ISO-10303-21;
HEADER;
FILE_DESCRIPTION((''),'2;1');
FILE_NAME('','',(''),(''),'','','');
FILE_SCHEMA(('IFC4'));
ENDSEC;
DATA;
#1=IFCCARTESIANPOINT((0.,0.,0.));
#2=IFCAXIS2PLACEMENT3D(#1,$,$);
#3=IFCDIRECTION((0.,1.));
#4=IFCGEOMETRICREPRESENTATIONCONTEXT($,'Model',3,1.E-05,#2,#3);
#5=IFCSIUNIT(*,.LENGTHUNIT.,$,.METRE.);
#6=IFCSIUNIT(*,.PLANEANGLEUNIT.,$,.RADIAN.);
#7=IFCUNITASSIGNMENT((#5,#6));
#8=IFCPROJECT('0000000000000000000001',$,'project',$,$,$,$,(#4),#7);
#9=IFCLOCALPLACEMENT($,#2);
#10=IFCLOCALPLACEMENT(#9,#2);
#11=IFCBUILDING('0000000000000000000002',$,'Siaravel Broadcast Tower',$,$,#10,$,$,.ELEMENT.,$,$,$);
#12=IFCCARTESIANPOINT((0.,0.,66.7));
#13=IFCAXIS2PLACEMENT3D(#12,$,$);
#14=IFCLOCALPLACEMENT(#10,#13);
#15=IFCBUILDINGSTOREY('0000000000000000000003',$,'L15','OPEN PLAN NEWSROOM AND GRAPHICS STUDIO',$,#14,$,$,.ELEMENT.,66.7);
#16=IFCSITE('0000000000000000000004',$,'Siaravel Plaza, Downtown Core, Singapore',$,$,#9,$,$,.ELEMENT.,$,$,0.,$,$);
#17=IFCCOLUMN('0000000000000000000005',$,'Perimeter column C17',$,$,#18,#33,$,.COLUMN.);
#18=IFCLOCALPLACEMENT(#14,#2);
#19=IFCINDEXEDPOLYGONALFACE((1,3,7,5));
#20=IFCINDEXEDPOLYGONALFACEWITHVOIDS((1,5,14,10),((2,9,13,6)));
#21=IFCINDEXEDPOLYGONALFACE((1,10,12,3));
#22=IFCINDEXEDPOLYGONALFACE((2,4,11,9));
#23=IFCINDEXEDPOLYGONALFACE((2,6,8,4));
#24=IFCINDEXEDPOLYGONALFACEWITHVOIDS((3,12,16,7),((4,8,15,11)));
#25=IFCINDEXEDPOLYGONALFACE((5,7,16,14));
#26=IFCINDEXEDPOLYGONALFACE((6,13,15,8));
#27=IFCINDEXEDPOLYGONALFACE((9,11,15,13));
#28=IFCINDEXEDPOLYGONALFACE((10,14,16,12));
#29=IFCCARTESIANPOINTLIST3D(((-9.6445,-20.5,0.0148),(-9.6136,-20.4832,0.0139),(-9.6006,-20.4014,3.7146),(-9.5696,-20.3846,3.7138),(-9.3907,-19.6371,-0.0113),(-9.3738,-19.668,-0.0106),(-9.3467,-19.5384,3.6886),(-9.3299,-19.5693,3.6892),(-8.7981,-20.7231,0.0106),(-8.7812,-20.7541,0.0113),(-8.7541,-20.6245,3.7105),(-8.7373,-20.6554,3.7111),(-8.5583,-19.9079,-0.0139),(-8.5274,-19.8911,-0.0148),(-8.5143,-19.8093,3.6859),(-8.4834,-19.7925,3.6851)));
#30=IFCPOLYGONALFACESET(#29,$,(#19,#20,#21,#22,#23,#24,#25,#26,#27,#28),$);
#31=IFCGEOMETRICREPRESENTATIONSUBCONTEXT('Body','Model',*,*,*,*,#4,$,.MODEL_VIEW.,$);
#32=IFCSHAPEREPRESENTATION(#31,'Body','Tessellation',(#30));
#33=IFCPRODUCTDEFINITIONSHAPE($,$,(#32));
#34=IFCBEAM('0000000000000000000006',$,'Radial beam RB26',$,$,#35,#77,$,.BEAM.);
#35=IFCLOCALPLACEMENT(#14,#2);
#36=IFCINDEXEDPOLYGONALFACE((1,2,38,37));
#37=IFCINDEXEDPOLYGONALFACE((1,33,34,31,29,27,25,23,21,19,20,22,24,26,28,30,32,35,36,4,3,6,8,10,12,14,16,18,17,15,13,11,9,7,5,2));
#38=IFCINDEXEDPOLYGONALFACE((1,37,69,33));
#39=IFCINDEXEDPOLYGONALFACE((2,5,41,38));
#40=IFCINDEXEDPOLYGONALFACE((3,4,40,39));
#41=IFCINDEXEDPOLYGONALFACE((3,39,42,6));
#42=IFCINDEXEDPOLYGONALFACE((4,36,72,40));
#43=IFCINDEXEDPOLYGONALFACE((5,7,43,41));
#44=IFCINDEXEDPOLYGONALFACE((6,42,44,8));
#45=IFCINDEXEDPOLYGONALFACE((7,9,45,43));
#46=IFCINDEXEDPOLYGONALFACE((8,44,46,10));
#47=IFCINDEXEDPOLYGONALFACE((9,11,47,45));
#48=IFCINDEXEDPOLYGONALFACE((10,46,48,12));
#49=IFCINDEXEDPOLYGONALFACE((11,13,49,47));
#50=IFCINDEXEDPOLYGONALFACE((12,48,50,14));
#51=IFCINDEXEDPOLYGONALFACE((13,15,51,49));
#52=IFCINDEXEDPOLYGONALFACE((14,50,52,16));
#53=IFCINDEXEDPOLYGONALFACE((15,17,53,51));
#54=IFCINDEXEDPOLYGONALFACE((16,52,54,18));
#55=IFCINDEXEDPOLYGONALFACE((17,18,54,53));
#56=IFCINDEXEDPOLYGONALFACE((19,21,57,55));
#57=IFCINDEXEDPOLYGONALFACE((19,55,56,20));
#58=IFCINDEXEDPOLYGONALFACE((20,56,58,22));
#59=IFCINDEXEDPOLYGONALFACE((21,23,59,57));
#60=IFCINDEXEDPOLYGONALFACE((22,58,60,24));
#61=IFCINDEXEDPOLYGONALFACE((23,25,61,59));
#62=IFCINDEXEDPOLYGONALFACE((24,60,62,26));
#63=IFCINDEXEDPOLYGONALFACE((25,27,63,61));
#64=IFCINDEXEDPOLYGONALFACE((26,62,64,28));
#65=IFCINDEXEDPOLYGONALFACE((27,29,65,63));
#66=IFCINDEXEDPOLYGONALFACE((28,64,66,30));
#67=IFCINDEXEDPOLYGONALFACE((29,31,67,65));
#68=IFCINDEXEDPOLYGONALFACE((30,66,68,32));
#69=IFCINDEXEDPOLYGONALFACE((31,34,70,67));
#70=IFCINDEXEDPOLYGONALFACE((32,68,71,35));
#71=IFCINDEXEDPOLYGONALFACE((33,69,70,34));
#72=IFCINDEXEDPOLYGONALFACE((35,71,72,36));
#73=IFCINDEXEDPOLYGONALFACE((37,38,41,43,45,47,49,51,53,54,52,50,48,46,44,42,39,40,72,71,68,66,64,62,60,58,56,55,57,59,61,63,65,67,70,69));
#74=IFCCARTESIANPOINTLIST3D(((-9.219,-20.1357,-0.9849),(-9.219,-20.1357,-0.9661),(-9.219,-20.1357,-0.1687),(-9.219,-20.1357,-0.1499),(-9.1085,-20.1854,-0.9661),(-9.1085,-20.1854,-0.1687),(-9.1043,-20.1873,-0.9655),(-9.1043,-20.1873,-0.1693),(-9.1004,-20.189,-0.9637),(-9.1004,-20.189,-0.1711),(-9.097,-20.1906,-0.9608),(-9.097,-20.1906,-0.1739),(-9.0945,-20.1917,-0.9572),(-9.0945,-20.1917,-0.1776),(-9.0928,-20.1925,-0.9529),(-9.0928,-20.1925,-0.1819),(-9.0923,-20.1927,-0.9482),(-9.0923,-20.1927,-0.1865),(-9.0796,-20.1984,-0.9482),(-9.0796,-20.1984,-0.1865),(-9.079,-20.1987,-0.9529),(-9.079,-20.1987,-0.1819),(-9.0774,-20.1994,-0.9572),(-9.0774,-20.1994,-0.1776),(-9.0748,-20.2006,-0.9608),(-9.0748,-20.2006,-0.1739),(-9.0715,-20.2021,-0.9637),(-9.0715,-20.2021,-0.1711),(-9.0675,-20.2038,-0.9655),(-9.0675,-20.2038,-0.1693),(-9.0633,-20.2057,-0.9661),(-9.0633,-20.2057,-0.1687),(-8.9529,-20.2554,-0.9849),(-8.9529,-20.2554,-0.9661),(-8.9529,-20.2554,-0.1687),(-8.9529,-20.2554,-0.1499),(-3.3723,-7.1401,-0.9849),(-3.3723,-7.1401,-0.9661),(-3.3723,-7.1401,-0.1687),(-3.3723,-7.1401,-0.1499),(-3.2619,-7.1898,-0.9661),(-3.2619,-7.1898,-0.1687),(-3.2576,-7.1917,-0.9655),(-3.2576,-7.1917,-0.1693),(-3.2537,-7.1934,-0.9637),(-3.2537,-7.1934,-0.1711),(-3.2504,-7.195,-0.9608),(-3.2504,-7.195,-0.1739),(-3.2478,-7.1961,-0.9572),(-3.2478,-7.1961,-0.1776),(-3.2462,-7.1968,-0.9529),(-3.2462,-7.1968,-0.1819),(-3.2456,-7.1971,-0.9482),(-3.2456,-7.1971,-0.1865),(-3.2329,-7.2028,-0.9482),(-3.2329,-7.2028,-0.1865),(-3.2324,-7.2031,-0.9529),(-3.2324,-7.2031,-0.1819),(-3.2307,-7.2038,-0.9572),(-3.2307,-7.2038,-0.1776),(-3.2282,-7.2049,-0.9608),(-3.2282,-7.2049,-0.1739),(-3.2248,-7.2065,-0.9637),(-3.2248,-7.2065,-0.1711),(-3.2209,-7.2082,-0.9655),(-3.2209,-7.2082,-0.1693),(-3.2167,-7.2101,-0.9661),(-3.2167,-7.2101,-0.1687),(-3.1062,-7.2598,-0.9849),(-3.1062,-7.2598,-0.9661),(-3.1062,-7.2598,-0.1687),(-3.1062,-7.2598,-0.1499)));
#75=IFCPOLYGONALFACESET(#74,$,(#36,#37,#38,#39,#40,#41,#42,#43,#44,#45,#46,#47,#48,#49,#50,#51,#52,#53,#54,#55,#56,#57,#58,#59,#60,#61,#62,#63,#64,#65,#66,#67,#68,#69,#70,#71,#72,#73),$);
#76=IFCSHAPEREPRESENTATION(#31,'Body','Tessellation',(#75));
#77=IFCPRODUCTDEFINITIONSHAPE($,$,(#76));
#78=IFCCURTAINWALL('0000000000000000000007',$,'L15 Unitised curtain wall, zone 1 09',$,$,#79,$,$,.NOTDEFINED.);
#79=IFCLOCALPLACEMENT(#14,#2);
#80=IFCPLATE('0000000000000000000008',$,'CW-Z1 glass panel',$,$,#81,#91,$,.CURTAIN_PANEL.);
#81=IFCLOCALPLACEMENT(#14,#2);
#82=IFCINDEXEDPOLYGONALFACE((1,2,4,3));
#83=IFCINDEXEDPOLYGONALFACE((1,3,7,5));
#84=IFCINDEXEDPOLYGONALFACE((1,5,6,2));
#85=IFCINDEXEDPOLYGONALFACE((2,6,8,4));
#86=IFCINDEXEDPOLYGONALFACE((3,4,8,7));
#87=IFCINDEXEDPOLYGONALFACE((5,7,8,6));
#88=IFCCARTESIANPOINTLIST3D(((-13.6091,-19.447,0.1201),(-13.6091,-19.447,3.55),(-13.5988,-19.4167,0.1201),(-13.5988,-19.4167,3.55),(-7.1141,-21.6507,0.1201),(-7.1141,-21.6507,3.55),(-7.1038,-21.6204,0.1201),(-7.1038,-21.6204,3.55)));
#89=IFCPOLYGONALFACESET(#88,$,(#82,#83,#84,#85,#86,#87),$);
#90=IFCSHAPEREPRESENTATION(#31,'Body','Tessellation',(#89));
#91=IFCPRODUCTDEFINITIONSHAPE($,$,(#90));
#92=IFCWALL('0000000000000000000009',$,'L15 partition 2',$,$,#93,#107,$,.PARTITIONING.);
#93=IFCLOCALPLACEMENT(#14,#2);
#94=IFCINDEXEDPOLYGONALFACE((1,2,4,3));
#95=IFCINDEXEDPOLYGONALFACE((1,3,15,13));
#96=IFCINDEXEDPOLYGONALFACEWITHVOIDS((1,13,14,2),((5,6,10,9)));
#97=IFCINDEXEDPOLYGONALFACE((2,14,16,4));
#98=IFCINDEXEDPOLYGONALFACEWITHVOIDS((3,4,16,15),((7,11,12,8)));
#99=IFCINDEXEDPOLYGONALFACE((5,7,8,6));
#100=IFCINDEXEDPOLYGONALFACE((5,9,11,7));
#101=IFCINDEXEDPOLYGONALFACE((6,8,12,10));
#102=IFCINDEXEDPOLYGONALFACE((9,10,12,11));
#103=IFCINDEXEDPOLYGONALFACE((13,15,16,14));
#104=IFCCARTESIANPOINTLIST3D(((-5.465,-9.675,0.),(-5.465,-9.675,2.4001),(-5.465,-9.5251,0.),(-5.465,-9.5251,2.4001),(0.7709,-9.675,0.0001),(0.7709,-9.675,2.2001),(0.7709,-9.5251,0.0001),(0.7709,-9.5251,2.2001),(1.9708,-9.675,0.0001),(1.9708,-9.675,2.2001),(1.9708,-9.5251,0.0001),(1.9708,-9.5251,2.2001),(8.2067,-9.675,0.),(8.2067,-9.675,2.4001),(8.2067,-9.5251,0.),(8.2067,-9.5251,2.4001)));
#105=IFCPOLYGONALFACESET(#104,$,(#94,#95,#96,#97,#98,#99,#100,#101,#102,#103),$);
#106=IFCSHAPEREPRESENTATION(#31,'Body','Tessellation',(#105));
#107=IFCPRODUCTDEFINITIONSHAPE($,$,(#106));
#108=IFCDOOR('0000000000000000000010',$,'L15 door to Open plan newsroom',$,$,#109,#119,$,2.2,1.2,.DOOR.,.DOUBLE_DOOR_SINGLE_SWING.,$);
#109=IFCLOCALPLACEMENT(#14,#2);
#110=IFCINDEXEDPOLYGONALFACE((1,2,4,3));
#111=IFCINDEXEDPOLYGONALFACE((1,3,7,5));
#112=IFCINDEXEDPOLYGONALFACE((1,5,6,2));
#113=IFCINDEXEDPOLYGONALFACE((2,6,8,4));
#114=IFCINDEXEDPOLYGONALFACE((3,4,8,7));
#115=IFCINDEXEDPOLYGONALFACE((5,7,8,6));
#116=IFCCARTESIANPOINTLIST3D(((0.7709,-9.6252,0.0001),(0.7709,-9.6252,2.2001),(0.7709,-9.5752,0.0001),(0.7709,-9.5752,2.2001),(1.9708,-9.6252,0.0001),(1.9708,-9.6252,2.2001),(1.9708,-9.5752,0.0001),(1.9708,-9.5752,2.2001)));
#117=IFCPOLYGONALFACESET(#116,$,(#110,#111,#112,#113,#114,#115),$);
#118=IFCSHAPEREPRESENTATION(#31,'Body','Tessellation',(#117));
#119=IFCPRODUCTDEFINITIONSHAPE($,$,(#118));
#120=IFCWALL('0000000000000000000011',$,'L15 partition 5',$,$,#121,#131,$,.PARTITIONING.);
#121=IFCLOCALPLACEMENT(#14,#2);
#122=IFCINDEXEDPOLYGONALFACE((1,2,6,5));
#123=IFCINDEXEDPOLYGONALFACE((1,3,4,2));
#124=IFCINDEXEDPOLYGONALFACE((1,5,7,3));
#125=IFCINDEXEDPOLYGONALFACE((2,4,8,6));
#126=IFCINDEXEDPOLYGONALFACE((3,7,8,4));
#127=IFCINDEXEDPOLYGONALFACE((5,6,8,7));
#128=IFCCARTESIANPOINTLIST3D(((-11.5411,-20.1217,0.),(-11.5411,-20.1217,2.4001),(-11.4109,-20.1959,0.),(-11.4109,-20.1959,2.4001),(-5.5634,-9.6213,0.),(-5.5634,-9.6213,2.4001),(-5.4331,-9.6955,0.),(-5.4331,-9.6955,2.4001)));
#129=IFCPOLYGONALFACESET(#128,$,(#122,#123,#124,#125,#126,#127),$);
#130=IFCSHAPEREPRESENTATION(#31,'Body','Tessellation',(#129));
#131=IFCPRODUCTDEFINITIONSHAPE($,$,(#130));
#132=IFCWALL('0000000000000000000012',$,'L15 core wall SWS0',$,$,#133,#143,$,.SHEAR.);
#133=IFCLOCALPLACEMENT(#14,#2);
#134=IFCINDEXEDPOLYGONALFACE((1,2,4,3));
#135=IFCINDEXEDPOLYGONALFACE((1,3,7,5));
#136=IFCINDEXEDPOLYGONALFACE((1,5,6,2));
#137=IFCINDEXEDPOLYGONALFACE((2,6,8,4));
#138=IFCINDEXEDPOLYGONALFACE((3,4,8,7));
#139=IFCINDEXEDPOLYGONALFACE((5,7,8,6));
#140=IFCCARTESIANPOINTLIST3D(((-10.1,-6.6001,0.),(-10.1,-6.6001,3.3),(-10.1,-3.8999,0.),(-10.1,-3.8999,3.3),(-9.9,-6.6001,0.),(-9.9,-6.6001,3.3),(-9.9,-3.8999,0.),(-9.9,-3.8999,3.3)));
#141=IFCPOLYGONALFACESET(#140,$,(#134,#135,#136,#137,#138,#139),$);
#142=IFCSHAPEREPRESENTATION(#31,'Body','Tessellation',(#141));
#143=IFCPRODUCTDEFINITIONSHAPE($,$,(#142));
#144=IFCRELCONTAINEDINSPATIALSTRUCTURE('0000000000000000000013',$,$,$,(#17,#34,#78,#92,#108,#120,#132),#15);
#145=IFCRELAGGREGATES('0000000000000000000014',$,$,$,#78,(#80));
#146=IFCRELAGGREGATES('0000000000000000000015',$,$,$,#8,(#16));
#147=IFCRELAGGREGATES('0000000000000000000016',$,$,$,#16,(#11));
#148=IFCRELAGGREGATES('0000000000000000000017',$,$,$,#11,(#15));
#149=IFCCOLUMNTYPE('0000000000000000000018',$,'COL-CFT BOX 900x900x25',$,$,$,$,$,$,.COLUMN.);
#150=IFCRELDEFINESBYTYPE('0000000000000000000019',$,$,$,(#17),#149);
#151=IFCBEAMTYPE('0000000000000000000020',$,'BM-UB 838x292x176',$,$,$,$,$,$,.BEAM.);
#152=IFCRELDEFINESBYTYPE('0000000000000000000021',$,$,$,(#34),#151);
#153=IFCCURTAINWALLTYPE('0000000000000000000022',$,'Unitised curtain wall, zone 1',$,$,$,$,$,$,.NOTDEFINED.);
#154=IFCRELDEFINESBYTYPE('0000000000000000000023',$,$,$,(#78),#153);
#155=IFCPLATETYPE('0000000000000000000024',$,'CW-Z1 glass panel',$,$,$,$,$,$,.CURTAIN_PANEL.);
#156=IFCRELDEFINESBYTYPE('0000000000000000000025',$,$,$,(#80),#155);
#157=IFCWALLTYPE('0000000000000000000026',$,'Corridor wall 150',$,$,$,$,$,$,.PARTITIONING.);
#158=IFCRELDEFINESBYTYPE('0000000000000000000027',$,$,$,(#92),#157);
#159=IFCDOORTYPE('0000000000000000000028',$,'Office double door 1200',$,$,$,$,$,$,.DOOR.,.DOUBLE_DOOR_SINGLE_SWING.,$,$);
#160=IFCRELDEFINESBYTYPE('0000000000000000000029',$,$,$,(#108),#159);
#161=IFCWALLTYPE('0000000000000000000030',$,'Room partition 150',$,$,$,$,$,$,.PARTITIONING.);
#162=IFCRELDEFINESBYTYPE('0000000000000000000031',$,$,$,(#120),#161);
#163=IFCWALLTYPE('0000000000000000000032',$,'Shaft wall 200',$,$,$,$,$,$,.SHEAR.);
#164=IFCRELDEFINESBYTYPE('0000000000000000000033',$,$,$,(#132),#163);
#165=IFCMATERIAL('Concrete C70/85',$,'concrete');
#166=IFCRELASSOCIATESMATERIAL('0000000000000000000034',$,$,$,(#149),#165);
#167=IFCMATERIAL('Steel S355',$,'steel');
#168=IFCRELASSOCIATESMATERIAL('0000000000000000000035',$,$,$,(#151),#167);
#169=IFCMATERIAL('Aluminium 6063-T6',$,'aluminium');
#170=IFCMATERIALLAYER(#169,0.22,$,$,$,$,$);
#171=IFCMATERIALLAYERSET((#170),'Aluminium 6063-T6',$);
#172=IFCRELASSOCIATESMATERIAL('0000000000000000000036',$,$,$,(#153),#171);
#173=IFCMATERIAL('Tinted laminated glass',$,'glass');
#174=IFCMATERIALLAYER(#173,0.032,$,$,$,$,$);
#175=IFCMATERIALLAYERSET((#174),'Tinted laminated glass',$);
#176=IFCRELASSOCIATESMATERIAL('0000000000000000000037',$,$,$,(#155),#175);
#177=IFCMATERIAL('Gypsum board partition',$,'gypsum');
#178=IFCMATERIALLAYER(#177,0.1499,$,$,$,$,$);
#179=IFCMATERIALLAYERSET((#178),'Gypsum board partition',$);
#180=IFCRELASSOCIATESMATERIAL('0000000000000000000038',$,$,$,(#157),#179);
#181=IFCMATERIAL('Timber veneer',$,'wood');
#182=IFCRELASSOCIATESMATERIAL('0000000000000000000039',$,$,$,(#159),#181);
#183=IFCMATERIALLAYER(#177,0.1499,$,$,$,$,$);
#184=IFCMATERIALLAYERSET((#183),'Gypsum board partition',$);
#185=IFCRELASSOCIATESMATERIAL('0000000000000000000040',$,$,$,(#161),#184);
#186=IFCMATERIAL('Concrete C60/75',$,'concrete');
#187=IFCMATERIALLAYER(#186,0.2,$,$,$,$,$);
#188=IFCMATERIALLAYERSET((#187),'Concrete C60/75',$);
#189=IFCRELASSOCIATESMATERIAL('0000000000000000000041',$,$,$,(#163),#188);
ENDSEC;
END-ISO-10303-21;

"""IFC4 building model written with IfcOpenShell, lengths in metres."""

from ifc_helpers import new_model, si_unit, direction, frame, frame_2d, origin, origin_2d, place, context, subcontext, project, spatial, rectangle, hollow_rectangle, i_section, extrude, material, layer, layer_set, material_profile, profile_set, type_object, element, fill, aggregate, save


model = new_model("IFC4")

# Units and contexts
model_context = context("Model", 3, precision=1e-05, world=origin(), true_north=direction((0.0, 1.0)))
body_context = subcontext(model_context, "Body", "Model", "MODEL_VIEW")
ifc_project = project(units=[si_unit("LENGTHUNIT", "METRE"), si_unit("PLANEANGLEUNIT", "RADIAN")], contexts=[model_context])

# Site, building, storey
site_placement = place(None, origin())
site = spatial("IfcSite", under=ifc_project, at=site_placement, Name="Siaravel Plaza, Downtown Core, Singapore", CompositionType="ELEMENT", RefElevation=0.0)
building_placement = place(site_placement, origin())
building = spatial("IfcBuilding", under=site, at=building_placement, Name="Siaravel Broadcast Tower", CompositionType="ELEMENT")
storey_placement = place(building_placement, frame((0.0, 0.0, 66.7)))
storey = spatial("IfcBuildingStorey", under=building, at=storey_placement, Name="L15", Description="OPEN PLAN NEWSROOM AND GRAPHICS STUDIO", CompositionType="ELEMENT", Elevation=66.7)

# Column
ifc_material_1 = material(Name="Concrete C70/85", Category="concrete")
ifc_material_profile_1 = material_profile(ifc_material_1, hollow_rectangle(XDim=0.8999, YDim=0.8999, WallThickness=0.0249, at=origin_2d()))
ifc_profile_set_1 = profile_set([ifc_material_profile_1], Name="Concrete C70/85")
column_type = type_object("IfcColumnType", Name="COL-CFT BOX 900x900x25", PredefinedType="COLUMN", material=ifc_profile_set_1)
column_placement = place(storey_placement, frame((-9.0859, -20.1956, 0.0), z_axis=(0.011872, 0.026647, 0.999574), x_axis=(-0.959325, 0.282278, 0.003869)))
element("IfcColumn", 1, at=column_placement, inside=storey, type_object=column_type, Name="Perimeter column C17", PredefinedType="COLUMN", context=body_context, shape_type="SweptSolid", body=[
    extrude(hollow_rectangle(XDim=0.8999, YDim=0.8999, WallThickness=0.0249, at=origin_2d()), origin(), (0.0, 0.0, 1.0), 3.7014),
])

# Beam
ifc_material_2 = material(Name="Steel S355", Category="steel")
ifc_material_profile_2 = material_profile(ifc_material_2, i_section(OverallWidth=0.2917, OverallDepth=0.835, WebThickness=0.0139, FlangeThickness=0.0188, FilletRadius=0.0178, at=origin_2d()))
ifc_profile_set_2 = profile_set([ifc_material_profile_2], Name="Steel S355")
beam_type = type_object("IfcBeamType", Name="BM-UB 838x292x176", PredefinedType="BEAM", material=ifc_profile_set_2)
beam_placement = place(storey_placement, frame((-9.0859, -20.1956, -0.5674), z_axis=(0.410286, 0.911957, 0.0), x_axis=(-0.911957, 0.410286, 0.0)))
element("IfcBeam", 2, at=beam_placement, inside=storey, type_object=beam_type, Name="Radial beam RB26", PredefinedType="BEAM", context=body_context, shape_type="SweptSolid", body=[
    extrude(i_section(OverallWidth=0.2917, OverallDepth=0.835, WebThickness=0.0139, FlangeThickness=0.0188, FilletRadius=0.0178, at=origin_2d()), origin(), (0.0, 0.0, 1.0), 14.2502),
])

# Curtain wall, plate
ifc_material_3 = material(Name="Aluminium 6063-T6", Category="aluminium")
ifc_layer_1 = layer(ifc_material_3, 0.22)
ifc_layer_set_1 = layer_set([ifc_layer_1], Name="Aluminium 6063-T6")
curtain_wall_type = type_object("IfcCurtainWallType", Name="Unitised curtain wall, zone 1", PredefinedType="NOTDEFINED", material=ifc_layer_set_1)
curtain_wall_placement = place(storey_placement, origin())
curtain_wall = element("IfcCurtainWall", 3, at=curtain_wall_placement, inside=storey, type_object=curtain_wall_type, Name="L15 Unitised curtain wall, zone 1 09", PredefinedType="NOTDEFINED")
ifc_material_4 = material(Name="Tinted laminated glass", Category="glass")
ifc_layer_2 = layer(ifc_material_4, 0.032)
ifc_layer_set_2 = layer_set([ifc_layer_2], Name="Tinted laminated glass")
plate_type = type_object("IfcPlateType", Name="CW-Z1 glass panel", PredefinedType="CURTAIN_PANEL", material=ifc_layer_set_2)
plate_placement = place(storey_placement, frame((-10.3564, -20.5337, 0.1201), z_axis=(0.0, 0.0, 1.0), x_axis=(0.946978, -0.3213, 0.0)))
plate = element("IfcPlate", 4, at=plate_placement, type_object=plate_type, Name="CW-Z1 glass panel", PredefinedType="CURTAIN_PANEL", context=body_context, shape_type="SweptSolid", body=[
    extrude(rectangle(XDim=6.8586, YDim=0.032, at=origin_2d()), origin(), (0.0, 0.0, 1.0), 3.4299),
])
aggregate(curtain_wall, [plate])

# Shared definitions
ifc_material_5 = material(Name="Concrete C60/75", Category="concrete")

# Wall, opening, door
ifc_material_6 = material(Name="Gypsum board partition", Category="gypsum")
ifc_layer_3 = layer(ifc_material_6, 0.1499)
ifc_layer_set_3 = layer_set([ifc_layer_3], Name="Gypsum board partition")
wall_type_1 = type_object("IfcWallType", Name="Corridor wall 150", PredefinedType="PARTITIONING", material=ifc_layer_set_3)
wall_1_placement = place(storey_placement, frame((-5.4651, -9.6001, 0.0), z_axis=(0.0, 0.0, 1.0), x_axis=(1.0, 0.0, 0.0)))
wall_1 = element("IfcWall", 5, at=wall_1_placement, inside=storey, type_object=wall_type_1, Name="L15 partition 2", PredefinedType="PARTITIONING", context=body_context, shape_type="SweptSolid", body=[
    extrude(rectangle(XDim=13.6716, YDim=0.1499, at=frame_2d((6.8359, 0.0))), origin(), (0.0, 0.0, 1.0), 2.4001),
])
opening_1_placement = place(wall_1_placement, frame((6.2358, 0.0, 0.0)))
opening_1 = element("IfcOpeningElement", 6, at=opening_1_placement, cuts=wall_1, PredefinedType="OPENING", context=body_context, shape_type="SweptSolid", body=[
    extrude(rectangle(XDim=1.2, YDim=2.2, at=frame_2d((0.6001, 1.1001))), frame((0.0, 0.085, 0.0), z_axis=(0.0, -1.0, 0.0), x_axis=(1.0, 0.0, 0.0)), (0.0, 0.0, 1.0), 0.1699),
])
ifc_material_7 = material(Name="Timber veneer", Category="wood")
door_type_1 = type_object("IfcDoorType", Name="Office double door 1200", OperationType="DOUBLE_DOOR_SINGLE_SWING", PredefinedType="DOOR", material=ifc_material_7)
door_1_placement = place(opening_1_placement, origin())
door_1 = element("IfcDoor", 7, at=door_1_placement, inside=storey, type_object=door_type_1, Name="L15 door to Open plan newsroom", OperationType="DOUBLE_DOOR_SINGLE_SWING", OverallHeight=2.2, OverallWidth=1.2, PredefinedType="DOOR", context=body_context, shape_type="SweptSolid", body=[
    extrude(rectangle(XDim=1.2, YDim=2.2, at=frame_2d((0.6001, 1.1001))), frame((0.0, 0.0249, 0.0), z_axis=(0.0, -1.0, 0.0), x_axis=(1.0, 0.0, 0.0)), (0.0, 0.0, 1.0), 0.05),
])
fill(opening_1, door_1)

# Walls
ifc_layer_4 = layer(ifc_material_6, 0.1499)
ifc_layer_set_4 = layer_set([ifc_layer_4], Name="Gypsum board partition")
wall_type_2 = type_object("IfcWallType", Name="Room partition 150", PredefinedType="PARTITIONING", material=ifc_layer_set_4)
wall_2_placement = place(storey_placement, frame((-11.4761, -20.1589, 0.0), z_axis=(0.0, 0.0, 1.0), x_axis=(0.494735, 0.869044, 0.0)))
element("IfcWall", 8, at=wall_2_placement, inside=storey, type_object=wall_type_2, Name="L15 partition 5", PredefinedType="PARTITIONING", context=body_context, shape_type="SweptSolid", body=[
    extrude(rectangle(XDim=12.0828, YDim=0.1499, at=frame_2d((6.0415, 0.0))), origin(), (0.0, 0.0, 1.0), 2.4001),
])
ifc_layer_5 = layer(ifc_material_5, 0.2)
ifc_layer_set_5 = layer_set([ifc_layer_5], Name="Concrete C60/75")
wall_type_3 = type_object("IfcWallType", Name="Shaft wall 200", PredefinedType="SHEAR", material=ifc_layer_set_5)
wall_3_placement = place(storey_placement, frame((-10.0, -6.6001, 0.0), z_axis=(0.0, 0.0, 1.0), x_axis=(0.0, 1.0, 0.0)))
element("IfcWall", 9, at=wall_3_placement, inside=storey, type_object=wall_type_3, Name="L15 core wall SWS0", PredefinedType="SHEAR", context=body_context, shape_type="SweptSolid", body=[
    extrude(rectangle(XDim=2.7002, YDim=0.2, at=frame_2d((1.3501, 0.0))), origin(), (0.0, 0.0, 1.0), 3.3),
])

save(model, "model.ifc")
